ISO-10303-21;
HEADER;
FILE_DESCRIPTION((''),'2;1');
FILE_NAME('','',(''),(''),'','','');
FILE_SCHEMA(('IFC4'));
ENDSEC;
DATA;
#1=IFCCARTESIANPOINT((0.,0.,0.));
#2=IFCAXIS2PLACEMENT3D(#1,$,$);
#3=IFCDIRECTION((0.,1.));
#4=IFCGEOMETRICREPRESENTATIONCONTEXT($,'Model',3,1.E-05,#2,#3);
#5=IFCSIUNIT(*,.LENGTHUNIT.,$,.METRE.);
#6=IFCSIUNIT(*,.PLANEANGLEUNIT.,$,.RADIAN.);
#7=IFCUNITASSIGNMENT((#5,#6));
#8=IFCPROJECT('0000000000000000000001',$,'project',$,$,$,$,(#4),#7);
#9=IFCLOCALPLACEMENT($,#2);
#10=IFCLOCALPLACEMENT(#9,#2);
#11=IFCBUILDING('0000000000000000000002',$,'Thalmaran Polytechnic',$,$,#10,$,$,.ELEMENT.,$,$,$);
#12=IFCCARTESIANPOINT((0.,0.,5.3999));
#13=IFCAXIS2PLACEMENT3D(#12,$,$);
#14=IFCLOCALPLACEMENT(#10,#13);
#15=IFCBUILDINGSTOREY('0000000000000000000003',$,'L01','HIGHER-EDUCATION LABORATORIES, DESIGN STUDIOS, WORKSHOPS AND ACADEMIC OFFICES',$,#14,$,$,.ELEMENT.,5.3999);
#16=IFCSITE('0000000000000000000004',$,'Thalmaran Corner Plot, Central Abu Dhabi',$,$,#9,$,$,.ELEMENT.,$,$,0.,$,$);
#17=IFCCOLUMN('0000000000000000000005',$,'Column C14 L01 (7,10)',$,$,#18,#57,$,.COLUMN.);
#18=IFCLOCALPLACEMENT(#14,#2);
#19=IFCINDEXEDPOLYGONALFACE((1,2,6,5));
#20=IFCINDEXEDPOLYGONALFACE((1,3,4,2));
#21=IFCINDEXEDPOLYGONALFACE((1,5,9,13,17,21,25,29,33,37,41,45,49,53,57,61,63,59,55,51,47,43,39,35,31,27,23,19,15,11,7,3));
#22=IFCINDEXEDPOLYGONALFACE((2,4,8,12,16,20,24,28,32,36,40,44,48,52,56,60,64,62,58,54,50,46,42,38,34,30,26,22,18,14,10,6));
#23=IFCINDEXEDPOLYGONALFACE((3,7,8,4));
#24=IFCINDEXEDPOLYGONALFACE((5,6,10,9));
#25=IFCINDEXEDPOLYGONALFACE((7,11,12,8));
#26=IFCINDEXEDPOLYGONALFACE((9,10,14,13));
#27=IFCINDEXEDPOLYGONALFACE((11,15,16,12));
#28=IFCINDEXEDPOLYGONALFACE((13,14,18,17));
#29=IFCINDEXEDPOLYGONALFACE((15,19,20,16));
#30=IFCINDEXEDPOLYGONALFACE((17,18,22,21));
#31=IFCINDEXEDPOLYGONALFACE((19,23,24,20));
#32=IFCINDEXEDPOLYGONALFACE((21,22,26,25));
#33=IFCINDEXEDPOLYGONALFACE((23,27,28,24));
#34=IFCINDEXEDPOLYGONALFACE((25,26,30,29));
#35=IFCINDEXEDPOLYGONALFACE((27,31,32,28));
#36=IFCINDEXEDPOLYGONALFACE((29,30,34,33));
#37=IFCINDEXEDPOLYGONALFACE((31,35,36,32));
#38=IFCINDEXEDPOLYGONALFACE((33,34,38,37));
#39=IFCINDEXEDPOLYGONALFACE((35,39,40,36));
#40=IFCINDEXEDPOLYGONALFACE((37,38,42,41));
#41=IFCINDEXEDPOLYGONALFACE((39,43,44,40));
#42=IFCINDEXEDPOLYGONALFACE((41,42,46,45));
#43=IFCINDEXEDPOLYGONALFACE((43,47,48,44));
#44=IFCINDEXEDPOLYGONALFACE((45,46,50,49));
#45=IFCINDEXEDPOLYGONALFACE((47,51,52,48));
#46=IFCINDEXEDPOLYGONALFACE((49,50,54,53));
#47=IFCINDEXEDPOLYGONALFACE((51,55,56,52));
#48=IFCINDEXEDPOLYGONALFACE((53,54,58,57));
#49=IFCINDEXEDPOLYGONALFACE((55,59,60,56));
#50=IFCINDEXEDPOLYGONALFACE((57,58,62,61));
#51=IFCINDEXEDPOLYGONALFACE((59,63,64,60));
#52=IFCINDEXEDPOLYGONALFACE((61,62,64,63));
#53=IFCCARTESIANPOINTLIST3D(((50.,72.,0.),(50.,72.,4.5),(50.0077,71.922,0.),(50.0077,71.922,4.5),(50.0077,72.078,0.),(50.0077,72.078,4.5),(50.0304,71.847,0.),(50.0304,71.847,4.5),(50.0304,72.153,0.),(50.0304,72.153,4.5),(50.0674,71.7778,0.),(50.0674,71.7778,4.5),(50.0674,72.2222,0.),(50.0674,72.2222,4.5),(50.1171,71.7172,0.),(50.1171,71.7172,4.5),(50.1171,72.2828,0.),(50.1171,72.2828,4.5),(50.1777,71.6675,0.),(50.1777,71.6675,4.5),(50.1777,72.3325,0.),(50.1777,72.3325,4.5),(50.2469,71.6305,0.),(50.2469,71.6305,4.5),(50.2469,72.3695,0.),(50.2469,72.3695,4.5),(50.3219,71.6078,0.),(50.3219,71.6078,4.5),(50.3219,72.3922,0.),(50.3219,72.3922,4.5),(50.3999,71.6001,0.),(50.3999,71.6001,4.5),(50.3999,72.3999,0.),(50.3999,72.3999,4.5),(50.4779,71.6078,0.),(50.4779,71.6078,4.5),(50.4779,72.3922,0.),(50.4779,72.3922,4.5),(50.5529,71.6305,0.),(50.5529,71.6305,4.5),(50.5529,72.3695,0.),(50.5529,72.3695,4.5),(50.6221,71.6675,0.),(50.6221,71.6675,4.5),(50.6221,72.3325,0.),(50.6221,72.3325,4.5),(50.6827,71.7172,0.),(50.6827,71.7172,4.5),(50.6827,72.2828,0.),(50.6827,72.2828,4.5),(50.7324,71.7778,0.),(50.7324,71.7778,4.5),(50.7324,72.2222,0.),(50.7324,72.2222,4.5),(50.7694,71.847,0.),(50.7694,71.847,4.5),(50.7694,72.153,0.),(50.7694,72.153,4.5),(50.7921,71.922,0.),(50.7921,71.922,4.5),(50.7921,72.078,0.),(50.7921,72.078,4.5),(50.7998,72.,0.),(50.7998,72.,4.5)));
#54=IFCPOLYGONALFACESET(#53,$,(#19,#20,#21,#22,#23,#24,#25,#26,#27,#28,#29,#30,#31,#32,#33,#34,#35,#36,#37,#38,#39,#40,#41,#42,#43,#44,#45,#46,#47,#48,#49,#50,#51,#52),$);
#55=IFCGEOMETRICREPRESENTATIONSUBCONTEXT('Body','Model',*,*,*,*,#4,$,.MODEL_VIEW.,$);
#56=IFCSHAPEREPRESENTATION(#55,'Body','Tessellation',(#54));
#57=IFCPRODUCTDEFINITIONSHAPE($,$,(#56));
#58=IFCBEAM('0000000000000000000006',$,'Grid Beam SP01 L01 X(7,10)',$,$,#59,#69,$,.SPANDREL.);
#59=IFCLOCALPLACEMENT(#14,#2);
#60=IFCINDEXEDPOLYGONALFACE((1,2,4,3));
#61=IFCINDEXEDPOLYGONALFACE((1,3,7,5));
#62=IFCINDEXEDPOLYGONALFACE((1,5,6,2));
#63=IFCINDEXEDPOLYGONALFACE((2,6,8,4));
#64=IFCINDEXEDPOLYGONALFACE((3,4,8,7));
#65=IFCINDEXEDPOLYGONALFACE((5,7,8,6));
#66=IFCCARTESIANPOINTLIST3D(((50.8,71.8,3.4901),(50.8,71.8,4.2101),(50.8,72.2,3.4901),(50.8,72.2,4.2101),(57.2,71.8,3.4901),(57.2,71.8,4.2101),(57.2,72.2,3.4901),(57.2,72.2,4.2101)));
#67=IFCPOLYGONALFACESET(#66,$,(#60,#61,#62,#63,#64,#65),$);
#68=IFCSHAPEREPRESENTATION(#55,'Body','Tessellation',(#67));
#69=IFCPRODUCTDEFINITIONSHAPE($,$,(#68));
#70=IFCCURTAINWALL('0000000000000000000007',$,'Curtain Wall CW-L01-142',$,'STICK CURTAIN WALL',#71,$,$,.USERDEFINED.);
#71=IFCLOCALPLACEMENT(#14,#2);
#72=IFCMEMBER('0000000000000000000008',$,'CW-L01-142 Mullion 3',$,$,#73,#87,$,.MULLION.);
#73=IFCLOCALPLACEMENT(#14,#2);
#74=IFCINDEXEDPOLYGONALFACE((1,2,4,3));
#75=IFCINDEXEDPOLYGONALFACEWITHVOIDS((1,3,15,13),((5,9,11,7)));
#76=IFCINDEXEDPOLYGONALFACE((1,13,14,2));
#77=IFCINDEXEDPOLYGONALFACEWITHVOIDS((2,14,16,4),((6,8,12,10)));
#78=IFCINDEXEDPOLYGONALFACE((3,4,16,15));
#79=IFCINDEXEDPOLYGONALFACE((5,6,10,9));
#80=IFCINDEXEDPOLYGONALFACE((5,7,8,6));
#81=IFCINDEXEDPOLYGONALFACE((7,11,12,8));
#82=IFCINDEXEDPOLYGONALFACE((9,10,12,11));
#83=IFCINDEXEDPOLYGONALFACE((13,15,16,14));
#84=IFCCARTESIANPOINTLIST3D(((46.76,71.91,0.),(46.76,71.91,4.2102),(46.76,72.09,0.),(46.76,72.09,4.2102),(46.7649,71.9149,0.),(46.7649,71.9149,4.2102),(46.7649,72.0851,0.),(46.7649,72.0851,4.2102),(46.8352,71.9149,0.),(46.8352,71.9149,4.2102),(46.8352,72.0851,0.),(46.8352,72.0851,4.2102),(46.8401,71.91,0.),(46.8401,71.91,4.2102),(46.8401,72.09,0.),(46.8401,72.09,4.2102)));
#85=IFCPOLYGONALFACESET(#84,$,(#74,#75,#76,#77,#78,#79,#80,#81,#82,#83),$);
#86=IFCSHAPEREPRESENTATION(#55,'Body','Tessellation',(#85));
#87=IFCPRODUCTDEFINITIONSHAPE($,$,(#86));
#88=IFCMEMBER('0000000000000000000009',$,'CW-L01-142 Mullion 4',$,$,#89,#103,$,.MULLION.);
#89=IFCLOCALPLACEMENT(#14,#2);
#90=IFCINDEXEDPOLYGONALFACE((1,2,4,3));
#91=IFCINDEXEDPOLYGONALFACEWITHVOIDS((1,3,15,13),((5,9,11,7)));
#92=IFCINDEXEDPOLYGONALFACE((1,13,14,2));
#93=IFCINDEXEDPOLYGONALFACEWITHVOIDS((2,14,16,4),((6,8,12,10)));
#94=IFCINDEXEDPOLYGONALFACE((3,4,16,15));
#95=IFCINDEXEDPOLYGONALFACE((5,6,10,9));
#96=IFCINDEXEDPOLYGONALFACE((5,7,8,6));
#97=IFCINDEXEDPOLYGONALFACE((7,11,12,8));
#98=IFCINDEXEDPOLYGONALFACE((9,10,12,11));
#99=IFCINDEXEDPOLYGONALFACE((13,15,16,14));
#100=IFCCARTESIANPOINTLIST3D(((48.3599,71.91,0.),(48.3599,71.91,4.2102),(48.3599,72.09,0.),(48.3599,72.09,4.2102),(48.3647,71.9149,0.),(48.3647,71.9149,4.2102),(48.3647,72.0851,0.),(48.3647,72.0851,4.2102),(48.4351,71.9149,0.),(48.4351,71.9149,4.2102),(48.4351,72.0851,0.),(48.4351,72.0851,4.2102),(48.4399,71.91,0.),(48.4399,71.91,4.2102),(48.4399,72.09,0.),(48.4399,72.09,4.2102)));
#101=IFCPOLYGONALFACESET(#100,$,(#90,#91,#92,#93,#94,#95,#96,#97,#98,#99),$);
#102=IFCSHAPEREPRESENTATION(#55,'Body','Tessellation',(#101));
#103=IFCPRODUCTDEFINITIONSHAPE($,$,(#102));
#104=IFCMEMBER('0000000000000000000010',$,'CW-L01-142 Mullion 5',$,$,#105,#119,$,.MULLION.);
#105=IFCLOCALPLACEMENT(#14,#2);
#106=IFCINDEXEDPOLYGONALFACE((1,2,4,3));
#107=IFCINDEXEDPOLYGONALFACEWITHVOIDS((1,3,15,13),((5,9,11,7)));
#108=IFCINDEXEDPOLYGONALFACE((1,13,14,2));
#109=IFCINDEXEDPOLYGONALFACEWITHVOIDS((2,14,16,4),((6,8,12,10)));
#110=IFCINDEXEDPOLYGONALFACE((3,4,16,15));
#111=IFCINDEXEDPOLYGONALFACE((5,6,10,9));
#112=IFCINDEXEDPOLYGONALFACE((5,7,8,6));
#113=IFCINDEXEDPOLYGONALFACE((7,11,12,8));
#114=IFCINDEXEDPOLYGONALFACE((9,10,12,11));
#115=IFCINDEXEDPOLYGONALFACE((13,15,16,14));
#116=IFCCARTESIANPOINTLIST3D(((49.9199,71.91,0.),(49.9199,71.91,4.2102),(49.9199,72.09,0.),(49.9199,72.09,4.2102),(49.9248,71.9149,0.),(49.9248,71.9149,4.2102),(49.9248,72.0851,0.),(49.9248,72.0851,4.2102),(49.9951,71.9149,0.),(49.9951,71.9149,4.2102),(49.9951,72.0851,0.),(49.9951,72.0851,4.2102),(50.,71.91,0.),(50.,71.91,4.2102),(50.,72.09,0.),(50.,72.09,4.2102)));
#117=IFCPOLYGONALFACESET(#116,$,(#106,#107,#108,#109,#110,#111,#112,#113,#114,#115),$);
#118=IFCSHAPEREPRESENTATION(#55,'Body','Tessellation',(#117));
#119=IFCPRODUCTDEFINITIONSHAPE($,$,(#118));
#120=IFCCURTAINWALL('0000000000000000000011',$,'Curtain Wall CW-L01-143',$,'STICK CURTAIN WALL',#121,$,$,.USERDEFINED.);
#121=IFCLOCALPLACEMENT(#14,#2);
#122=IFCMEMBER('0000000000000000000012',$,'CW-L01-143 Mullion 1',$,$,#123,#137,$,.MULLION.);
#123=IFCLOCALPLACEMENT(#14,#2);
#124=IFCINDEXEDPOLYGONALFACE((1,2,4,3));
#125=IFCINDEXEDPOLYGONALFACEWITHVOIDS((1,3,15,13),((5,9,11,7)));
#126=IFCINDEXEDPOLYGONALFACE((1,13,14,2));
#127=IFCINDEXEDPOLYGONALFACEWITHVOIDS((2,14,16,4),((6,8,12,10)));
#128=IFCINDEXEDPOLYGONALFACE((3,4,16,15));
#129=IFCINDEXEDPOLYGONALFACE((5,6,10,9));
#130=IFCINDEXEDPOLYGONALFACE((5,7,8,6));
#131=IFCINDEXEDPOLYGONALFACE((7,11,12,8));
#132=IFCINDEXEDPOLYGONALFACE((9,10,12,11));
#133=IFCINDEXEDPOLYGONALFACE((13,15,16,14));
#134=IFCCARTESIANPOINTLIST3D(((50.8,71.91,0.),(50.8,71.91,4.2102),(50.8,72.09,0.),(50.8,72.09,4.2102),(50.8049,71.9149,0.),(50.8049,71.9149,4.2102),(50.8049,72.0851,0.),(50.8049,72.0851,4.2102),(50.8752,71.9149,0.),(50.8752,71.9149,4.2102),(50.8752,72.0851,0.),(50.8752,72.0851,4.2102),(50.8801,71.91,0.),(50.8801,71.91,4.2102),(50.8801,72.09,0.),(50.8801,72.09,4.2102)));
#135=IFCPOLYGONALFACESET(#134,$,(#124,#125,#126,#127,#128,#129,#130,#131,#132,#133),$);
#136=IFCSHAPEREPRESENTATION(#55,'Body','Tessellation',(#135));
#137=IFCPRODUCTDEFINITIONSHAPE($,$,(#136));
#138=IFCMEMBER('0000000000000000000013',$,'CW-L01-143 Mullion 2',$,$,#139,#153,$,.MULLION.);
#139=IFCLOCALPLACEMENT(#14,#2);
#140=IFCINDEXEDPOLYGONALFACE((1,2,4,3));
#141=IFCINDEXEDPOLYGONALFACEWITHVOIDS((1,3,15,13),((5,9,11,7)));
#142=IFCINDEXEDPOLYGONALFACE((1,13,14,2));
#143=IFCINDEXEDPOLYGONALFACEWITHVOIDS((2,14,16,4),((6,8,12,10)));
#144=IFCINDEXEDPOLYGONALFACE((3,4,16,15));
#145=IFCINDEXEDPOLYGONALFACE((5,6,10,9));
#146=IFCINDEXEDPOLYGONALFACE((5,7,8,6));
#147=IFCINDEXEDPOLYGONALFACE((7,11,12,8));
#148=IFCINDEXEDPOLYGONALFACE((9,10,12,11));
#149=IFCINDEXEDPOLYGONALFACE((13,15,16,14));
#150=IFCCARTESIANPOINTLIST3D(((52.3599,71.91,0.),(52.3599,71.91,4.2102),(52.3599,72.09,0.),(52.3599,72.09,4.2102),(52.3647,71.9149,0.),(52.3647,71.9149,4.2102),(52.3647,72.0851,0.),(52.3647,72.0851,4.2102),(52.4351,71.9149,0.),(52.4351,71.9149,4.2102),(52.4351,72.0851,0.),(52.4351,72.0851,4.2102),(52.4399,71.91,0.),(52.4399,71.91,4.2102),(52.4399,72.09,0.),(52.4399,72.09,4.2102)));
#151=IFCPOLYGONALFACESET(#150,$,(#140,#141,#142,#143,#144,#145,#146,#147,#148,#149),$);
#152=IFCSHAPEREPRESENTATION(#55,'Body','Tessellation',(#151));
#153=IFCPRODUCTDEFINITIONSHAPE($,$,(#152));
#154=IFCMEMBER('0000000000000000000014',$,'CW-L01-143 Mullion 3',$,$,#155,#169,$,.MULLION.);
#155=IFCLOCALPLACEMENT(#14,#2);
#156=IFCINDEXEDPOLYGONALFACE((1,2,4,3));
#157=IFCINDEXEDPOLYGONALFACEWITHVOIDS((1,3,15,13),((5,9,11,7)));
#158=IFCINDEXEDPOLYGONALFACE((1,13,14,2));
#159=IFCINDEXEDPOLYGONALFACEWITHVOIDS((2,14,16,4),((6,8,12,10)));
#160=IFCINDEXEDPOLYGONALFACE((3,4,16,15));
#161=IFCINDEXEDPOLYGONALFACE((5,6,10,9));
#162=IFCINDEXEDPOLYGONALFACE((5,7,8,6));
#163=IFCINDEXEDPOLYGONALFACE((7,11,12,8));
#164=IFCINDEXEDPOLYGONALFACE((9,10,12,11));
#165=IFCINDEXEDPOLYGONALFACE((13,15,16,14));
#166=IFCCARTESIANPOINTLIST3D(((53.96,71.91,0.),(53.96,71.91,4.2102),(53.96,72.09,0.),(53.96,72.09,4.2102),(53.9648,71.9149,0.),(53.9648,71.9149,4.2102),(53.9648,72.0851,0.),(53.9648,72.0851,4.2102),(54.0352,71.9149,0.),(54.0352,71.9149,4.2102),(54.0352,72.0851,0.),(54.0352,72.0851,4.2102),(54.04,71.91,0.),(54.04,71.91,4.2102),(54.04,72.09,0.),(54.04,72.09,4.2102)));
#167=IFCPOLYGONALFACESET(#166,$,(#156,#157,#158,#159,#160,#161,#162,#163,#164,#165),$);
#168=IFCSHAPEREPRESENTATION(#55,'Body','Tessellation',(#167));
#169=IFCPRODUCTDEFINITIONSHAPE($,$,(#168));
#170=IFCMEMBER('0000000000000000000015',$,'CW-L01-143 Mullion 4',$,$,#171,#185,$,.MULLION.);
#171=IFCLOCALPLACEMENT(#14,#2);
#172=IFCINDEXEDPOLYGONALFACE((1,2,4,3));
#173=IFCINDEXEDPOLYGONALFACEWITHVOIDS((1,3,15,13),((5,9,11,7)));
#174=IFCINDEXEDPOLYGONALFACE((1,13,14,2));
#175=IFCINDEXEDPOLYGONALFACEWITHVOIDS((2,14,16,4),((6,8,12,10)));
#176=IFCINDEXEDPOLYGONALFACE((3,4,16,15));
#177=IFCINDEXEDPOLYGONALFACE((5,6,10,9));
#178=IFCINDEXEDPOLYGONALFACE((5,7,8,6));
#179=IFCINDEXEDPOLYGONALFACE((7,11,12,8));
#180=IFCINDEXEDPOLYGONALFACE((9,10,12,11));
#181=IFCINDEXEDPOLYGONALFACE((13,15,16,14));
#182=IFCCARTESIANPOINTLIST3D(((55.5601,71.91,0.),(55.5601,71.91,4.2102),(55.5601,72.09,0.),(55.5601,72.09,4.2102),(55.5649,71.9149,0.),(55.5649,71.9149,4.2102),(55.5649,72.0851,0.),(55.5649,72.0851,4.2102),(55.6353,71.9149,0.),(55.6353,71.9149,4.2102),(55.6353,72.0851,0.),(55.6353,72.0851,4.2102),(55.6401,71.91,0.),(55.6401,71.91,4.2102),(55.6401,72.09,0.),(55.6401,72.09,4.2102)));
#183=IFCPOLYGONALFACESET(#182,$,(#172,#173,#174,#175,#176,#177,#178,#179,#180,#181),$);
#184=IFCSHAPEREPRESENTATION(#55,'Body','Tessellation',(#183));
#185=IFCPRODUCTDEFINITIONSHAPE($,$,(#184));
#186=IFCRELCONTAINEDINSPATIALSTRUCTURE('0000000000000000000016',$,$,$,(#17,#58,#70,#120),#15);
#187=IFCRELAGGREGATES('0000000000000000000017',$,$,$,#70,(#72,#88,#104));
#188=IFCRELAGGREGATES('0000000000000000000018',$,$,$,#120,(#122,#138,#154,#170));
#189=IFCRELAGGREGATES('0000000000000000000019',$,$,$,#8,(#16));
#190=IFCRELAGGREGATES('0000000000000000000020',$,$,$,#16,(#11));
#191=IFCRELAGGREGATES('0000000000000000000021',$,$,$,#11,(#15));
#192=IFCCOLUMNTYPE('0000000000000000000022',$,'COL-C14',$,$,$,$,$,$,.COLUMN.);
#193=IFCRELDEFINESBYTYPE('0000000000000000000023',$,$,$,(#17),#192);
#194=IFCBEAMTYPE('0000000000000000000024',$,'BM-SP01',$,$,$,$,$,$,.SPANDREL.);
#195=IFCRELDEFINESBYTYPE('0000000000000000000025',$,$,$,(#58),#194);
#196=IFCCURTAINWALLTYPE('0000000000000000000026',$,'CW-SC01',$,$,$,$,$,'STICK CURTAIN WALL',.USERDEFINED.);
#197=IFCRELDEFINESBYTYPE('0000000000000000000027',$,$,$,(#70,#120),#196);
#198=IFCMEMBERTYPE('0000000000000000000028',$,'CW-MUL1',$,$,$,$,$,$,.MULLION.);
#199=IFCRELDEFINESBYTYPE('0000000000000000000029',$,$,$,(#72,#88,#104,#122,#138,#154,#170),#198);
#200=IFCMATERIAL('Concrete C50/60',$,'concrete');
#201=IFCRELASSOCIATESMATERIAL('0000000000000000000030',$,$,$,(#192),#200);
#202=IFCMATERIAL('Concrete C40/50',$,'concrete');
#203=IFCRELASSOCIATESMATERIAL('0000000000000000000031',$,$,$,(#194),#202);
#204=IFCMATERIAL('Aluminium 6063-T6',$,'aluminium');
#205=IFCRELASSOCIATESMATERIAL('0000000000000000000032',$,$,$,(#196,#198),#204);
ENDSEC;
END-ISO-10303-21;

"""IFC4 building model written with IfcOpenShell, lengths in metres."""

from ifc_helpers import new_model, si_unit, direction, frame, origin, origin_2d, place, context, subcontext, project, spatial, rectangle, hollow_rectangle, circle, extrude, material, material_profile, profile_set, type_object, element, aggregate, save


model = new_model("IFC4")

# Units and contexts
model_context = context("Model", 3, precision=1e-05, world=origin(), true_north=direction((0.0, 1.0)))
body_context = subcontext(model_context, "Body", "Model", "MODEL_VIEW")
ifc_project = project(units=[si_unit("LENGTHUNIT", "METRE"), si_unit("PLANEANGLEUNIT", "RADIAN")], contexts=[model_context])

# Site, building, storey
site_placement = place(None, origin())
site = spatial("IfcSite", under=ifc_project, at=site_placement, Name="Thalmaran Corner Plot, Central Abu Dhabi", CompositionType="ELEMENT", RefElevation=0.0)
building_placement = place(site_placement, origin())
building = spatial("IfcBuilding", under=site, at=building_placement, Name="Thalmaran Polytechnic", CompositionType="ELEMENT")
storey_placement = place(building_placement, frame((0.0, 0.0, 5.3999)))
storey = spatial("IfcBuildingStorey", under=building, at=storey_placement, Name="L01", Description="HIGHER-EDUCATION LABORATORIES, DESIGN STUDIOS, WORKSHOPS AND ACADEMIC OFFICES", CompositionType="ELEMENT", Elevation=5.3999)

# Column
ifc_material_1 = material(Name="Concrete C50/60", Category="concrete")
ifc_material_profile_1 = material_profile(ifc_material_1, circle(Radius=0.3999, at=origin_2d()), Name="RC 800 DIA")
ifc_profile_set_1 = profile_set([ifc_material_profile_1], Name="Concrete C50/60")
column_type = type_object("IfcColumnType", Name="COL-C14", PredefinedType="COLUMN", material=ifc_profile_set_1)
column_placement = place(storey_placement, frame((50.3999, 72.0, 0.0), z_axis=(0.0, 0.0, 1.0), x_axis=(1.0, 0.0, 0.0)))
element("IfcColumn", 1, at=column_placement, inside=storey, type_object=column_type, Name="Column C14 L01 (7,10)", PredefinedType="COLUMN", context=body_context, shape_type="SweptSolid", body=[
    extrude(circle(Radius=0.3999, at=origin_2d()), origin(), (0.0, 0.0, 1.0), 4.5),
])

# Beam
ifc_material_2 = material(Name="Concrete C40/50", Category="concrete")
ifc_material_profile_2 = material_profile(ifc_material_2, rectangle(XDim=0.3999, YDim=0.72, at=origin_2d()), Name="RC 400x720")
ifc_profile_set_2 = profile_set([ifc_material_profile_2], Name="Concrete C40/50")
beam_type = type_object("IfcBeamType", Name="BM-SP01", PredefinedType="SPANDREL", material=ifc_profile_set_2)
beam_placement = place(storey_placement, frame((50.8, 72.0, 3.8501), z_axis=(1.0, 0.0, 0.0), x_axis=(0.0, 1.0, 0.0)))
element("IfcBeam", 2, at=beam_placement, inside=storey, type_object=beam_type, Name="Grid Beam SP01 L01 X(7,10)", PredefinedType="SPANDREL", context=body_context, shape_type="SweptSolid", body=[
    extrude(rectangle(XDim=0.3999, YDim=0.72, at=origin_2d()), origin(), (0.0, 0.0, 1.0), 6.3999),
])

# Curtain walls, members
ifc_material_3 = material(Name="Aluminium 6063-T6", Category="aluminium")
curtain_wall_type = type_object("IfcCurtainWallType", Name="CW-SC01", ElementType="STICK CURTAIN WALL", PredefinedType="USERDEFINED", material=ifc_material_3)
curtain_wall_1_placement = place(storey_placement, origin())
curtain_wall_1 = element("IfcCurtainWall", 3, at=curtain_wall_1_placement, inside=storey, type_object=curtain_wall_type, Name="Curtain Wall CW-L01-142", ObjectType="STICK CURTAIN WALL", PredefinedType="USERDEFINED")
ifc_material_profile_3 = material_profile(ifc_material_3, hollow_rectangle(XDim=0.0801, YDim=0.1799, WallThickness=0.0049, at=origin_2d()), Name="RHS 180x80x5.0")
ifc_profile_set_3 = profile_set([ifc_material_profile_3], Name="Aluminium 6063-T6")
member_type_1 = type_object("IfcMemberType", Name="CW-MUL1", PredefinedType="MULLION", material=ifc_profile_set_3)
member_1_placement = place(storey_placement, frame((46.8, 72.0, 0.0), z_axis=(0.0, 0.0, 1.0), x_axis=(1.0, 0.0, 0.0)))
member_1 = element("IfcMember", 4, at=member_1_placement, type_object=member_type_1, Name="CW-L01-142 Mullion 3", PredefinedType="MULLION", context=body_context, shape_type="SweptSolid", body=[
    extrude(hollow_rectangle(XDim=0.0801, YDim=0.1799, WallThickness=0.0049, at=origin_2d()), origin(), (0.0, 0.0, 1.0), 4.2102),
])
member_2_placement = place(storey_placement, frame((48.3999, 72.0, 0.0), z_axis=(0.0, 0.0, 1.0), x_axis=(1.0, 0.0, 0.0)))
member_2 = element("IfcMember", 5, at=member_2_placement, type_object=member_type_1, Name="CW-L01-142 Mullion 4", PredefinedType="MULLION", context=body_context, shape_type="SweptSolid", body=[
    extrude(hollow_rectangle(XDim=0.0801, YDim=0.1799, WallThickness=0.0049, at=origin_2d()), origin(), (0.0, 0.0, 1.0), 4.2102),
])
member_3_placement = place(storey_placement, frame((49.96, 72.0, 0.0), z_axis=(0.0, 0.0, 1.0), x_axis=(1.0, 0.0, 0.0)))
member_3 = element("IfcMember", 6, at=member_3_placement, type_object=member_type_1, Name="CW-L01-142 Mullion 5", PredefinedType="MULLION", context=body_context, shape_type="SweptSolid", body=[
    extrude(hollow_rectangle(XDim=0.0801, YDim=0.1799, WallThickness=0.0049, at=origin_2d()), origin(), (0.0, 0.0, 1.0), 4.2102),
])
curtain_wall_2_placement = place(storey_placement, origin())
curtain_wall_2 = element("IfcCurtainWall", 7, at=curtain_wall_2_placement, inside=storey, type_object=curtain_wall_type, Name="Curtain Wall CW-L01-143", ObjectType="STICK CURTAIN WALL", PredefinedType="USERDEFINED")
member_4_placement = place(storey_placement, frame((50.8401, 72.0, 0.0), z_axis=(0.0, 0.0, 1.0), x_axis=(1.0, 0.0, 0.0)))
member_4 = element("IfcMember", 8, at=member_4_placement, type_object=member_type_1, Name="CW-L01-143 Mullion 1", PredefinedType="MULLION", context=body_context, shape_type="SweptSolid", body=[
    extrude(hollow_rectangle(XDim=0.0801, YDim=0.1799, WallThickness=0.0049, at=origin_2d()), origin(), (0.0, 0.0, 1.0), 4.2102),
])
member_5_placement = place(storey_placement, frame((52.3999, 72.0, 0.0), z_axis=(0.0, 0.0, 1.0), x_axis=(1.0, 0.0, 0.0)))
member_5 = element("IfcMember", 9, at=member_5_placement, type_object=member_type_1, Name="CW-L01-143 Mullion 2", PredefinedType="MULLION", context=body_context, shape_type="SweptSolid", body=[
    extrude(hollow_rectangle(XDim=0.0801, YDim=0.1799, WallThickness=0.0049, at=origin_2d()), origin(), (0.0, 0.0, 1.0), 4.2102),
])
member_6_placement = place(storey_placement, frame((54.0, 72.0, 0.0), z_axis=(0.0, 0.0, 1.0), x_axis=(1.0, 0.0, 0.0)))
member_6 = element("IfcMember", 10, at=member_6_placement, type_object=member_type_1, Name="CW-L01-143 Mullion 3", PredefinedType="MULLION", context=body_context, shape_type="SweptSolid", body=[
    extrude(hollow_rectangle(XDim=0.0801, YDim=0.1799, WallThickness=0.0049, at=origin_2d()), origin(), (0.0, 0.0, 1.0), 4.2102),
])
member_7_placement = place(storey_placement, frame((55.6001, 72.0, 0.0), z_axis=(0.0, 0.0, 1.0), x_axis=(1.0, 0.0, 0.0)))
member_7 = element("IfcMember", 11, at=member_7_placement, type_object=member_type_1, Name="CW-L01-143 Mullion 4", PredefinedType="MULLION", context=body_context, shape_type="SweptSolid", body=[
    extrude(hollow_rectangle(XDim=0.0801, YDim=0.1799, WallThickness=0.0049, at=origin_2d()), origin(), (0.0, 0.0, 1.0), 4.2102),
])

aggregate(curtain_wall_1, [member_1, member_2, member_3])
aggregate(curtain_wall_2, [member_4, member_5, member_6, member_7])

save(model, "model.ifc")
